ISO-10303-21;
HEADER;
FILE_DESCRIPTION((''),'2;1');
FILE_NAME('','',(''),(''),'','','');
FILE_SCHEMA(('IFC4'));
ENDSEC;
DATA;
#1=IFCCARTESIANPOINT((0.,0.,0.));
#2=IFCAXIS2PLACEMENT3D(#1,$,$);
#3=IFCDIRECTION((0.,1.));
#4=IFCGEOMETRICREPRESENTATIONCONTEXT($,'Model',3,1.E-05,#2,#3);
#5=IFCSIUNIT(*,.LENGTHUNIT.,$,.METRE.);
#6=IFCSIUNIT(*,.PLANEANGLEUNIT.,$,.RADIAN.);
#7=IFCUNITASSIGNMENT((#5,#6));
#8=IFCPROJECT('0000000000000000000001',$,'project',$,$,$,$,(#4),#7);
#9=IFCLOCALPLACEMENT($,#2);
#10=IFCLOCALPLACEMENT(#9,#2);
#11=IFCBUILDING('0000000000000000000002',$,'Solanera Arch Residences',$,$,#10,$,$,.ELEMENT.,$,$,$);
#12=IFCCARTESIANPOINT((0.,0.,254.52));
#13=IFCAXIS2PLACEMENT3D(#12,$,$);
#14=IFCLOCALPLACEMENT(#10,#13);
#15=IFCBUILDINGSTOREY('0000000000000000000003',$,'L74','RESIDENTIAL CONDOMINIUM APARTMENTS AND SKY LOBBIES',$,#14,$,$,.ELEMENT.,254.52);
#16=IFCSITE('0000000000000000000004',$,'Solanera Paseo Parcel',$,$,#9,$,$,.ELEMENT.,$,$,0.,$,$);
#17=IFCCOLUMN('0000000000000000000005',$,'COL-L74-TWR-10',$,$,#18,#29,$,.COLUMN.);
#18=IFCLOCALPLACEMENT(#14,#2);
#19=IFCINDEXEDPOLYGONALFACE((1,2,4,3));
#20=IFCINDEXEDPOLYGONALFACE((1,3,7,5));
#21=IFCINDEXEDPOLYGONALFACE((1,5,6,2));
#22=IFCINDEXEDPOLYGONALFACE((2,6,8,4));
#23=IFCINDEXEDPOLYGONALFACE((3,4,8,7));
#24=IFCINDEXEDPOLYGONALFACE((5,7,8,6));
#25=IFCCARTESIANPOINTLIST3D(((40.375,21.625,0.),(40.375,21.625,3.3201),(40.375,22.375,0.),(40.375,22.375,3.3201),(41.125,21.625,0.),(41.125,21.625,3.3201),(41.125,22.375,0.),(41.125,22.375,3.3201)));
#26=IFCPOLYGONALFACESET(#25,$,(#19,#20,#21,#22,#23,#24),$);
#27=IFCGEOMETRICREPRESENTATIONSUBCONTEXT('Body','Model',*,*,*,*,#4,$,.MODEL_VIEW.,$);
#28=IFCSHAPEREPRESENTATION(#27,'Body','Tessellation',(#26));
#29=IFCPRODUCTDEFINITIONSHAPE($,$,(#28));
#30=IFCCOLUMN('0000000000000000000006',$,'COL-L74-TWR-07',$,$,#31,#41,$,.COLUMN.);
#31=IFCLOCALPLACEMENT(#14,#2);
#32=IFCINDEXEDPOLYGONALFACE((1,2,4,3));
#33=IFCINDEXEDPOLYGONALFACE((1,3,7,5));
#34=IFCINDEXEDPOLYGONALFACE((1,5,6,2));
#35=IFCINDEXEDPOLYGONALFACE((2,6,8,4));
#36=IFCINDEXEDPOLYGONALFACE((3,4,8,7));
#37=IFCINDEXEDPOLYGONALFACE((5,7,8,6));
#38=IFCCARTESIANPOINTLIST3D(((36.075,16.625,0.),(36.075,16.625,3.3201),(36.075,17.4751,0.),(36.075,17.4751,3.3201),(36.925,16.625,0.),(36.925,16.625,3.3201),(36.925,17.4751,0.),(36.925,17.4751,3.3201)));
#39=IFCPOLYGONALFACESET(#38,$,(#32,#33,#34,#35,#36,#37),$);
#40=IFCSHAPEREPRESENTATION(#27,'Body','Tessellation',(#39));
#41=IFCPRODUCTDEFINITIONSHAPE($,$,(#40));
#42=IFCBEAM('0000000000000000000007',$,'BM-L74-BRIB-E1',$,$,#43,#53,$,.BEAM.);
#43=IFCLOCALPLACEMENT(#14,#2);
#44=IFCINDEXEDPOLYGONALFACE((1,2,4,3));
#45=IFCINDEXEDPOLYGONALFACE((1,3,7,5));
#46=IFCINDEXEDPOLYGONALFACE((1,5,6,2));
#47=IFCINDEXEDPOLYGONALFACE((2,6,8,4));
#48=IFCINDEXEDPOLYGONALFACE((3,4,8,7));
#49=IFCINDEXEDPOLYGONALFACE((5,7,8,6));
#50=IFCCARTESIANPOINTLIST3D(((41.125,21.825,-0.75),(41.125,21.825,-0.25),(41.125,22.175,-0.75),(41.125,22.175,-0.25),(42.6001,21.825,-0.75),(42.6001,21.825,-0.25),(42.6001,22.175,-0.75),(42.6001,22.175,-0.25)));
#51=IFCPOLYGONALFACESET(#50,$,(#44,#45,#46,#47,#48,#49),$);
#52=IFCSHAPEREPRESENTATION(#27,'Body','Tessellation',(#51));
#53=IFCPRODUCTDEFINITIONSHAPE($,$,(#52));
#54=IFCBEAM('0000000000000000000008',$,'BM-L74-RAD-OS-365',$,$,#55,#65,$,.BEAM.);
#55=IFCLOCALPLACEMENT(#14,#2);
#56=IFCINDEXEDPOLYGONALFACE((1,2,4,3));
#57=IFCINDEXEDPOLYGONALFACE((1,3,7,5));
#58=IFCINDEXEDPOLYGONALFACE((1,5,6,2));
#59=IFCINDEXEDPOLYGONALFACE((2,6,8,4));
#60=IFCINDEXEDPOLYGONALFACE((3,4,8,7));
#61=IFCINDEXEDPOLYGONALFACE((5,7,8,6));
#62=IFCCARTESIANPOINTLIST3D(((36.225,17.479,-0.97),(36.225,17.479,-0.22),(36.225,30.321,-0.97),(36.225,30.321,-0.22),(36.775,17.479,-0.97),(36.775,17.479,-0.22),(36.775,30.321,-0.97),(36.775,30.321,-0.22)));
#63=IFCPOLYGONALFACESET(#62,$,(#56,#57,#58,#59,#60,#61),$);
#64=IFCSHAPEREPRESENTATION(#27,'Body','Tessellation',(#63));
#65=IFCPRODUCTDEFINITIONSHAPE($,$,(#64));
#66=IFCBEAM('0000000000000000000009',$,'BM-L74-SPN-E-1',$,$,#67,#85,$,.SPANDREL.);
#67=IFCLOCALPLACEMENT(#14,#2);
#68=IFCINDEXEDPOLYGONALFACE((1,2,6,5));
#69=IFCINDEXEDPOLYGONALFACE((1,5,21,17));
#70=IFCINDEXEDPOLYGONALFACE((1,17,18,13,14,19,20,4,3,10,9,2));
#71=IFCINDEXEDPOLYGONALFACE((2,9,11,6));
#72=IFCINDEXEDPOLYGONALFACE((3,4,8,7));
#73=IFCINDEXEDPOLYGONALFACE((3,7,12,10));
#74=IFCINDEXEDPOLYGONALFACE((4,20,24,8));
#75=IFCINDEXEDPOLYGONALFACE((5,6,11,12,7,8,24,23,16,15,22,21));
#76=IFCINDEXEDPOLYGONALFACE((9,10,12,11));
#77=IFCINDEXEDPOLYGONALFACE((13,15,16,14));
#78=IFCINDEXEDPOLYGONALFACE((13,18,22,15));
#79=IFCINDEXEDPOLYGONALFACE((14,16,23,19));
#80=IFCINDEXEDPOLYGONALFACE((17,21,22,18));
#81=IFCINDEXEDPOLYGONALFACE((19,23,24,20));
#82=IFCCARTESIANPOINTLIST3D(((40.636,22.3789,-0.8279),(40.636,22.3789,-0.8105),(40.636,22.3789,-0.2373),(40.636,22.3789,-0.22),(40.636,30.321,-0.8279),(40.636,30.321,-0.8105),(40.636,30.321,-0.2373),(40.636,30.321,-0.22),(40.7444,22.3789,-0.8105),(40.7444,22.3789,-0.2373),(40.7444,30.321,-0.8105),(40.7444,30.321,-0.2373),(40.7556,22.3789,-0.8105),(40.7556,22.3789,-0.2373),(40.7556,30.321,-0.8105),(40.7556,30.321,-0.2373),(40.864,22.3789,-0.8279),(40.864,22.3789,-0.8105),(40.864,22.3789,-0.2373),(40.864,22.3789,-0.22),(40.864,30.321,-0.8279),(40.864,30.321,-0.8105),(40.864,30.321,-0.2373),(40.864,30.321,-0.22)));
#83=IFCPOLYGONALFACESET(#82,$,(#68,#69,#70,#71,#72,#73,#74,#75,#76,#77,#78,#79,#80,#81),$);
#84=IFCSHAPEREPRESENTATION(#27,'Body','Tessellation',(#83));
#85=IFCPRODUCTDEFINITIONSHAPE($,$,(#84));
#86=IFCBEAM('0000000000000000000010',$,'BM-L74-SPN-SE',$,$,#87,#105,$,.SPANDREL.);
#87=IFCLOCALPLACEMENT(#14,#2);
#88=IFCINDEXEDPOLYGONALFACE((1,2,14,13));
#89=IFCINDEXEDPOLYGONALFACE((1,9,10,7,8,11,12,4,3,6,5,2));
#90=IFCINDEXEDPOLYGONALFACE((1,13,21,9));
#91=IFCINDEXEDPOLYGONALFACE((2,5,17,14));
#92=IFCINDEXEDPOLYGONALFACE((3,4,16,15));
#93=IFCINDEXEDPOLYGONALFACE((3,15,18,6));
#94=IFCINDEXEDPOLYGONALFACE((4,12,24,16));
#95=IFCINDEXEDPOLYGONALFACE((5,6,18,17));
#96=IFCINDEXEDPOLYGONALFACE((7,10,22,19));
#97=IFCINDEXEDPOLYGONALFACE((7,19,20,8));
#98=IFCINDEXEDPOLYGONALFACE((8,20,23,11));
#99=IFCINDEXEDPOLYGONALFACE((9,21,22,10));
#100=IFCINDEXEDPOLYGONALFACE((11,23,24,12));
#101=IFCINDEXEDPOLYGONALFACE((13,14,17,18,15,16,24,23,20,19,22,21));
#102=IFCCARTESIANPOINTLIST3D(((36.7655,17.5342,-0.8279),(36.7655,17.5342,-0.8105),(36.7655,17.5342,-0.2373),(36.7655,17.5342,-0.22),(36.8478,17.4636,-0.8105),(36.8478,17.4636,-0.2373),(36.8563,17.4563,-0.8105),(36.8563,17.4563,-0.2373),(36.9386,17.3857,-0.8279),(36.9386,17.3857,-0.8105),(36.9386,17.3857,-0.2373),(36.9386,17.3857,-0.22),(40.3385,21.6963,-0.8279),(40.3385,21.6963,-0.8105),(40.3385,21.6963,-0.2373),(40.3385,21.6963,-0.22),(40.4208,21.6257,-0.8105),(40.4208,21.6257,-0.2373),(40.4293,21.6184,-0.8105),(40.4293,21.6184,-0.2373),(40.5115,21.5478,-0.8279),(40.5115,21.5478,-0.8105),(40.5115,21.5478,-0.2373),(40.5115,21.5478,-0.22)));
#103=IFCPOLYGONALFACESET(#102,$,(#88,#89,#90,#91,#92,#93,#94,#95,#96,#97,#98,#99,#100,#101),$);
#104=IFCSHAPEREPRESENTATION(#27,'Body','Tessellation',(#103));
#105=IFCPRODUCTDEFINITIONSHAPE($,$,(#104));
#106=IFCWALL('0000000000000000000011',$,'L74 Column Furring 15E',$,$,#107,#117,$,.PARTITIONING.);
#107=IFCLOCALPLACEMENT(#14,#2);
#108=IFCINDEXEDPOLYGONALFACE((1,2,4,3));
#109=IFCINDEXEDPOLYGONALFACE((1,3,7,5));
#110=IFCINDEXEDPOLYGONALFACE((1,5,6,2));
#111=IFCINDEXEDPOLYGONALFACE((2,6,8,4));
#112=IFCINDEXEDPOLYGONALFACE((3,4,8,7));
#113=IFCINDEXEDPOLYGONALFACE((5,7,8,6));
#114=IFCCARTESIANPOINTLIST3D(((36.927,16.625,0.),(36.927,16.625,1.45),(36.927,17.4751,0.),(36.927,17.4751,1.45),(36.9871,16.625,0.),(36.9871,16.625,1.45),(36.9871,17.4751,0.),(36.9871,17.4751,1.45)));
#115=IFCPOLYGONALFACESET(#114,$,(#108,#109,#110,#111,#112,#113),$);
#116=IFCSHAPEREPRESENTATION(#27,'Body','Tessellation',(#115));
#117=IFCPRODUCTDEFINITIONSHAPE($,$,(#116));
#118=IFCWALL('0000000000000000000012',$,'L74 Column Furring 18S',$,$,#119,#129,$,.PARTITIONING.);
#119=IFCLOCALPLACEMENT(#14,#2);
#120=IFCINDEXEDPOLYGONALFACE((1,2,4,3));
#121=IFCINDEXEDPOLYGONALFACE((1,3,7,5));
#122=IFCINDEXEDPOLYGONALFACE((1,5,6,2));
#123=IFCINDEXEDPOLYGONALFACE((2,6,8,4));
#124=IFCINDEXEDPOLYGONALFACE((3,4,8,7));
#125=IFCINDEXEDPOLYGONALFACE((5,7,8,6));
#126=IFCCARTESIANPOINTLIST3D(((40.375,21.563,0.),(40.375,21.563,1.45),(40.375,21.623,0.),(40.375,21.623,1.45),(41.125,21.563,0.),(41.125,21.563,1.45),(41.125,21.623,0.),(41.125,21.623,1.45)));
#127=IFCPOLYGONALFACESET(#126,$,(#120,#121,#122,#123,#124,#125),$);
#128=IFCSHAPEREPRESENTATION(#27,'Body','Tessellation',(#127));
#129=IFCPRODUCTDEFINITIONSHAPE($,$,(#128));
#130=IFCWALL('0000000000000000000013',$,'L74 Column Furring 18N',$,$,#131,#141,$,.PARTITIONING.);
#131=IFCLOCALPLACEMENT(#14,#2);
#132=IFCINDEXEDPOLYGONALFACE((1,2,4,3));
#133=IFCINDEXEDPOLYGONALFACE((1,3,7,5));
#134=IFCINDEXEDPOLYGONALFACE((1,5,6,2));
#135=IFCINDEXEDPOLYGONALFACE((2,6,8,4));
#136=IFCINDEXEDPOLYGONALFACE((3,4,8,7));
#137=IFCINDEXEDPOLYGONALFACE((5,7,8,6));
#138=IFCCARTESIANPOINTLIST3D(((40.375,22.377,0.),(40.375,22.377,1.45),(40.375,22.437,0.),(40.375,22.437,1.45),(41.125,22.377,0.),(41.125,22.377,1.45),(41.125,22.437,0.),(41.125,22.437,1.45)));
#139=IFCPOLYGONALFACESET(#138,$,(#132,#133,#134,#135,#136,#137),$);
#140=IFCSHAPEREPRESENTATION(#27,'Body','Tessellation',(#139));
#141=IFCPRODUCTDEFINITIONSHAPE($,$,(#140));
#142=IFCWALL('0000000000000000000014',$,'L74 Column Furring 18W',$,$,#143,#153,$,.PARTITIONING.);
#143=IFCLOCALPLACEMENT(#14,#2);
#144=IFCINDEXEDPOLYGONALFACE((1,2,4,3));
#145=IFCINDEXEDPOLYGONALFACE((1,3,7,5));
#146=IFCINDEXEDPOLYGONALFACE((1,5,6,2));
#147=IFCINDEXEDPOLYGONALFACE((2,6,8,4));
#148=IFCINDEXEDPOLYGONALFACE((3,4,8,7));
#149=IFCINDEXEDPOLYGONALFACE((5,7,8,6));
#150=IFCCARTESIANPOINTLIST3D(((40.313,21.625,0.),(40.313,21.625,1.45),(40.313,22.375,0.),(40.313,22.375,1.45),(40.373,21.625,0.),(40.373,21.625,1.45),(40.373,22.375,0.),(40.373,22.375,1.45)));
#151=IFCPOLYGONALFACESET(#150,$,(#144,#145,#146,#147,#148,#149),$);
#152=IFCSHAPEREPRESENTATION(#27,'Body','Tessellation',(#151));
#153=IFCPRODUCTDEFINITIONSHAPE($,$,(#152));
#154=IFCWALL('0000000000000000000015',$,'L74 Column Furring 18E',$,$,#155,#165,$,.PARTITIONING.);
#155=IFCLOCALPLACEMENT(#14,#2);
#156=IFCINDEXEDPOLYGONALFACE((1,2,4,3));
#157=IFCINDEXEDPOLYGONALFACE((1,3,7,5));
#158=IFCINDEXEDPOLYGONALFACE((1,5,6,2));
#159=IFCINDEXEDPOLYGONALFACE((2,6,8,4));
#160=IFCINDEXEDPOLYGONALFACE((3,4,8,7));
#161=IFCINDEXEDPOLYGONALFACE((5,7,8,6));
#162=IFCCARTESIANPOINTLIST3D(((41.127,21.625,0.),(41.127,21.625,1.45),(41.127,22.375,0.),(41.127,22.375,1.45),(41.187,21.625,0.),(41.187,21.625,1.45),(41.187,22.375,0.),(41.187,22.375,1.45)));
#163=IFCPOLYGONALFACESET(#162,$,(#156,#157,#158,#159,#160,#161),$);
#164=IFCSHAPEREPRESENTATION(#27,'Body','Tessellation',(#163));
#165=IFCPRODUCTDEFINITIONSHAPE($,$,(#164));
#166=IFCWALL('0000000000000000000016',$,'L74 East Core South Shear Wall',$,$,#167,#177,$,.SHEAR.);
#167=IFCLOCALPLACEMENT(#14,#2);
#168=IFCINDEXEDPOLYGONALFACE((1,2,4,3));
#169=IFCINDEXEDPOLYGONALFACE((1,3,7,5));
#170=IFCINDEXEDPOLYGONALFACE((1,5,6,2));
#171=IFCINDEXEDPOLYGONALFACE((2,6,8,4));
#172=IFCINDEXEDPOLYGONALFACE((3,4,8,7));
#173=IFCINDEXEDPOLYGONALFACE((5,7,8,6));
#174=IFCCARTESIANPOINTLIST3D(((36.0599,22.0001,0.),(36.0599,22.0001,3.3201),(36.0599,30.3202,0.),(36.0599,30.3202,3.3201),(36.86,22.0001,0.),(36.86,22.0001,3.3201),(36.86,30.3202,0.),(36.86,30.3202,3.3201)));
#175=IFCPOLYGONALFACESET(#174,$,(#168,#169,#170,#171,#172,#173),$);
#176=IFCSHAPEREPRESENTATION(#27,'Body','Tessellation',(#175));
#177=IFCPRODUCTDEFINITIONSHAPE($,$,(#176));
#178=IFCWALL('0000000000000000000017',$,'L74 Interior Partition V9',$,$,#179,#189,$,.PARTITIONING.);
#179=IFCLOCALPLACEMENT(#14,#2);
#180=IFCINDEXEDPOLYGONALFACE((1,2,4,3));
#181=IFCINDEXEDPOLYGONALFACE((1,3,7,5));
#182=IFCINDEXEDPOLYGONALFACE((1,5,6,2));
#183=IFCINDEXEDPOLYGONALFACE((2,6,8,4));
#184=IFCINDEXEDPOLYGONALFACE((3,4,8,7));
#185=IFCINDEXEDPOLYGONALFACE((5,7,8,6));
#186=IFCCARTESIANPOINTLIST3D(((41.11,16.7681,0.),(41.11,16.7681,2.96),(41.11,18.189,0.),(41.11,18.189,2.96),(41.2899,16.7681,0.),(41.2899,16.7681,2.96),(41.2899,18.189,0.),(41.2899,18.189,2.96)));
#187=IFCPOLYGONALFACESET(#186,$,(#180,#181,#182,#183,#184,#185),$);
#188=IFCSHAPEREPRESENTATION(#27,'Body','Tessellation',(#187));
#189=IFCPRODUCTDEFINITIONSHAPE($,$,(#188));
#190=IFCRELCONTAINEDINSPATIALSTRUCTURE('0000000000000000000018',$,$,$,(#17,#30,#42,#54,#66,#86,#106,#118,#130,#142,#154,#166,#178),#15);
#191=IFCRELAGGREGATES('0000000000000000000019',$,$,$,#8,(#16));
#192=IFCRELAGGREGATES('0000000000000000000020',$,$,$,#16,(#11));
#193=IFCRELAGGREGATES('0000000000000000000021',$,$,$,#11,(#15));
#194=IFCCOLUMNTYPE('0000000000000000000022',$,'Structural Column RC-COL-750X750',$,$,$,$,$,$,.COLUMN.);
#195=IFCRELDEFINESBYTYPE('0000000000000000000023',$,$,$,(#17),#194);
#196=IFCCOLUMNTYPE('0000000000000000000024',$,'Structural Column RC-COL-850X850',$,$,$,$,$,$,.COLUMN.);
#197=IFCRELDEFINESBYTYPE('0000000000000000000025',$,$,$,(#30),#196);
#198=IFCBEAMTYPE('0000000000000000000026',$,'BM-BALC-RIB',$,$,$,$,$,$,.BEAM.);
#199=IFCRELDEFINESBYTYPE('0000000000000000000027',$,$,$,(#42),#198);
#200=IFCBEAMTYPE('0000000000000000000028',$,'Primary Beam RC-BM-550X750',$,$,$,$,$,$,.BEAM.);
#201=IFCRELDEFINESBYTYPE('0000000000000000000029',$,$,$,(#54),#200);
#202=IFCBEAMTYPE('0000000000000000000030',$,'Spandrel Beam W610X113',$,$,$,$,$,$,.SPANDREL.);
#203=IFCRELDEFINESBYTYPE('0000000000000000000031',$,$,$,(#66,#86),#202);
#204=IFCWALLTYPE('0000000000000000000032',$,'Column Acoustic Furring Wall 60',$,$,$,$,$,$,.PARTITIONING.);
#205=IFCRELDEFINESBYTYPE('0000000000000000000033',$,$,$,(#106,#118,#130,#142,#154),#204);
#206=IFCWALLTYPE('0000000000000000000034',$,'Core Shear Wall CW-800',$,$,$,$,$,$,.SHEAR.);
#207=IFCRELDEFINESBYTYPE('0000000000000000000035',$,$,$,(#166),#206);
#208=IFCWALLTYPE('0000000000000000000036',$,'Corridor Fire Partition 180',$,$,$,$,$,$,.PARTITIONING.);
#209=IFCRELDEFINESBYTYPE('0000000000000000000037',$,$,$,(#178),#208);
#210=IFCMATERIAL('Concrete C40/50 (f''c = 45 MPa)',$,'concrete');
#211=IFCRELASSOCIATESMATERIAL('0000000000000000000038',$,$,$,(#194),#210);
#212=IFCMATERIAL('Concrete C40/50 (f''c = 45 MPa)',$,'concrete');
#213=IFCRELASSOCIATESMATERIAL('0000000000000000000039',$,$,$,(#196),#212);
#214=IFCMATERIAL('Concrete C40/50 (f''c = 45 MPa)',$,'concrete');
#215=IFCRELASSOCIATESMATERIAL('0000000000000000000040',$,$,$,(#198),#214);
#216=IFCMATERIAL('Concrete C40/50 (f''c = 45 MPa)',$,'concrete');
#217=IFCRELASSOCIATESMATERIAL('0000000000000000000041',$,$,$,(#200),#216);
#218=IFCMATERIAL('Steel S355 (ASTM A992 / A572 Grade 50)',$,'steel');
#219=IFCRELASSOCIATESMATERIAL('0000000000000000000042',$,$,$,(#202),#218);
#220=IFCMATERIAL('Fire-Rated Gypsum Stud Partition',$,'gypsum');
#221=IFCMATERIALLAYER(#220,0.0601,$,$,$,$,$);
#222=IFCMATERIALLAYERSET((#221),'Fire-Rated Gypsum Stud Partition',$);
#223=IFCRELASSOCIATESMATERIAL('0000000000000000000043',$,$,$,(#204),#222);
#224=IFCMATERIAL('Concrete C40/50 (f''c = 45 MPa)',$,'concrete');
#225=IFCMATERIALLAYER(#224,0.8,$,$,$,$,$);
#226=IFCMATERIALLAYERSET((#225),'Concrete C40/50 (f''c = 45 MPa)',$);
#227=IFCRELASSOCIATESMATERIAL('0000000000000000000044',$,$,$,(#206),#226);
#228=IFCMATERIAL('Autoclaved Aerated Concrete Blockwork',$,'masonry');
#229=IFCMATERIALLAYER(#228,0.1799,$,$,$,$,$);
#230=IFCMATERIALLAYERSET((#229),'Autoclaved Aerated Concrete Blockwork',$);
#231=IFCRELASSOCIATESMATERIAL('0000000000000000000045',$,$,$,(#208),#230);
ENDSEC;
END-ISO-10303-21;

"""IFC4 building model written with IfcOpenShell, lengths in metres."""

from ifc_helpers import new_model, si_unit, direction, frame, frame_2d, origin, origin_2d, place, context, subcontext, project, spatial, rectangle, i_section, extrude, material, layer, layer_set, material_profile, profile_set, type_object, element, save


model = new_model("IFC4")

# Units and contexts
model_context = context("Model", 3, precision=1e-05, world=origin(), true_north=direction((0.0, 1.0)))
body_context = subcontext(model_context, "Body", "Model", "MODEL_VIEW")
ifc_project = project(units=[si_unit("LENGTHUNIT", "METRE"), si_unit("PLANEANGLEUNIT", "RADIAN")], contexts=[model_context])

# Site, building, storey
site_placement = place(None, origin())
site = spatial("IfcSite", under=ifc_project, at=site_placement, Name="Solanera Paseo Parcel", CompositionType="ELEMENT", RefElevation=0.0)
building_placement = place(site_placement, origin())
building = spatial("IfcBuilding", under=site, at=building_placement, Name="Solanera Arch Residences", CompositionType="ELEMENT")
storey_placement = place(building_placement, frame((0.0, 0.0, 254.52)))
storey = spatial("IfcBuildingStorey", under=building, at=storey_placement, Name="L74", Description="RESIDENTIAL CONDOMINIUM APARTMENTS AND SKY LOBBIES", CompositionType="ELEMENT", Elevation=254.52)

# Columns
ifc_material_1 = material(Name="Concrete C40/50 (f'c = 45 MPa)", Category="concrete")
ifc_material_profile_1 = material_profile(ifc_material_1, rectangle(XDim=0.75, YDim=0.75, at=origin_2d()))
ifc_profile_set_1 = profile_set([ifc_material_profile_1], Name="Concrete C40/50 (f'c = 45 MPa)")
column_type_1 = type_object("IfcColumnType", Name="Structural Column RC-COL-750X750", PredefinedType="COLUMN", material=ifc_profile_set_1)
column_1_placement = place(storey_placement, frame((40.75, 22.0, 0.0), z_axis=(0.0, 0.0, 1.0), x_axis=(1.0, 0.0, 0.0)))
element("IfcColumn", 1, at=column_1_placement, inside=storey, type_object=column_type_1, Name="COL-L74-TWR-10", PredefinedType="COLUMN", context=body_context, shape_type="SweptSolid", body=[
    extrude(rectangle(XDim=0.75, YDim=0.75, at=origin_2d()), origin(), (0.0, 0.0, 1.0), 3.3201),
])
ifc_material_2 = material(Name="Concrete C40/50 (f'c = 45 MPa)", Category="concrete")
ifc_material_profile_2 = material_profile(ifc_material_2, rectangle(XDim=0.8501, YDim=0.8501, at=origin_2d()))
ifc_profile_set_2 = profile_set([ifc_material_profile_2], Name="Concrete C40/50 (f'c = 45 MPa)")
column_type_2 = type_object("IfcColumnType", Name="Structural Column RC-COL-850X850", PredefinedType="COLUMN", material=ifc_profile_set_2)
column_2_placement = place(storey_placement, frame((36.5, 17.05, 0.0), z_axis=(0.0, 0.0, 1.0), x_axis=(1.0, 0.0, 0.0)))
element("IfcColumn", 2, at=column_2_placement, inside=storey, type_object=column_type_2, Name="COL-L74-TWR-07", PredefinedType="COLUMN", context=body_context, shape_type="SweptSolid", body=[
    extrude(rectangle(XDim=0.8501, YDim=0.8501, at=origin_2d()), origin(), (0.0, 0.0, 1.0), 3.3201),
])

# Beams
ifc_material_3 = material(Name="Concrete C40/50 (f'c = 45 MPa)", Category="concrete")
ifc_material_profile_3 = material_profile(ifc_material_3, rectangle(XDim=0.3501, YDim=0.5, at=origin_2d()))
ifc_profile_set_3 = profile_set([ifc_material_profile_3], Name="Concrete C40/50 (f'c = 45 MPa)")
beam_type_1 = type_object("IfcBeamType", Name="BM-BALC-RIB", PredefinedType="BEAM", material=ifc_profile_set_3)
beam_1_placement = place(storey_placement, frame((41.125, 22.0, -0.5), z_axis=(1.0, 0.0, 0.0), x_axis=(0.0, 1.0, 0.0)))
element("IfcBeam", 3, at=beam_1_placement, inside=storey, type_object=beam_type_1, Name="BM-L74-BRIB-E1", PredefinedType="BEAM", context=body_context, shape_type="SweptSolid", body=[
    extrude(rectangle(XDim=0.3501, YDim=0.5, at=origin_2d()), origin(), (0.0, 0.0, 1.0), 1.4751),
])
ifc_material_4 = material(Name="Concrete C40/50 (f'c = 45 MPa)", Category="concrete")
ifc_material_profile_4 = material_profile(ifc_material_4, rectangle(XDim=0.55, YDim=0.75, at=origin_2d()))
ifc_profile_set_4 = profile_set([ifc_material_profile_4], Name="Concrete C40/50 (f'c = 45 MPa)")
beam_type_2 = type_object("IfcBeamType", Name="Primary Beam RC-BM-550X750", PredefinedType="BEAM", material=ifc_profile_set_4)
beam_2_placement = place(storey_placement, frame((36.5, 17.479, -0.595), z_axis=(0.0, 1.0, 0.0), x_axis=(-1.0, 0.0, 0.0)))
element("IfcBeam", 4, at=beam_2_placement, inside=storey, type_object=beam_type_2, Name="BM-L74-RAD-OS-365", PredefinedType="BEAM", context=body_context, shape_type="SweptSolid", body=[
    extrude(rectangle(XDim=0.55, YDim=0.75, at=origin_2d()), origin(), (0.0, 0.0, 1.0), 12.842),
])
ifc_material_5 = material(Name="Steel S355 (ASTM A992 / A572 Grade 50)", Category="steel")
ifc_material_profile_5 = material_profile(ifc_material_5, i_section(OverallWidth=0.228, OverallDepth=0.6079, WebThickness=0.0112, FlangeThickness=0.0173, at=origin_2d()))
ifc_profile_set_5 = profile_set([ifc_material_profile_5], Name="Steel S355 (ASTM A992 / A572 Grade 50)")
beam_type_3 = type_object("IfcBeamType", Name="Spandrel Beam W610X113", PredefinedType="SPANDREL", material=ifc_profile_set_5)
beam_3_placement = place(storey_placement, frame((40.75, 22.3789, -0.5239), z_axis=(0.0, 1.0, 0.0), x_axis=(-1.0, 0.0, 0.0)))
element("IfcBeam", 5, at=beam_3_placement, inside=storey, type_object=beam_type_3, Name="BM-L74-SPN-E-1", PredefinedType="SPANDREL", context=body_context, shape_type="SweptSolid", body=[
    extrude(i_section(OverallWidth=0.228, OverallDepth=0.6079, WebThickness=0.0112, FlangeThickness=0.0173, at=origin_2d()), origin(), (0.0, 0.0, 1.0), 7.9421),
])
beam_4_placement = place(storey_placement, frame((36.8521, 17.46, -0.5239), z_axis=(0.651367, 0.758763, 0.0), x_axis=(-0.758763, 0.651367, 0.0)))
element("IfcBeam", 6, at=beam_4_placement, inside=storey, type_object=beam_type_3, Name="BM-L74-SPN-SE", PredefinedType="SPANDREL", context=body_context, shape_type="SweptSolid", body=[
    extrude(i_section(OverallWidth=0.228, OverallDepth=0.6079, WebThickness=0.0112, FlangeThickness=0.0173, at=origin_2d()), origin(), (0.0, 0.0, 1.0), 5.4854),
])

# Walls
ifc_material_6 = material(Name="Fire-Rated Gypsum Stud Partition", Category="gypsum")
ifc_layer_1 = layer(ifc_material_6, 0.0601)
ifc_layer_set_1 = layer_set([ifc_layer_1], Name="Fire-Rated Gypsum Stud Partition")
wall_type_1 = type_object("IfcWallType", Name="Column Acoustic Furring Wall 60", PredefinedType="PARTITIONING", material=ifc_layer_set_1)
wall_1_placement = place(storey_placement, frame((36.957, 16.625, 0.0), z_axis=(0.0, 0.0, 1.0), x_axis=(0.0, 1.0, 0.0)))
element("IfcWall", 7, at=wall_1_placement, inside=storey, type_object=wall_type_1, Name="L74 Column Furring 15E", PredefinedType="PARTITIONING", context=body_context, shape_type="SweptSolid", body=[
    extrude(rectangle(XDim=0.8501, YDim=0.0601, at=frame_2d((0.425, 0.0))), origin(), (0.0, 0.0, 1.0), 1.45),
])
for number, where, z_axis, x_axis, name in (
    (8, (40.375, 21.593, 0.0), (0.0, 0.0, 1.0), (1.0, 0.0, 0.0), "L74 Column Furring 18S"),
    (9, (40.375, 22.407, 0.0), (0.0, 0.0, 1.0), (1.0, 0.0, 0.0), "L74 Column Furring 18N"),
    (10, (40.343, 21.625, 0.0), (0.0, 0.0, 1.0), (0.0, 1.0, 0.0), "L74 Column Furring 18W"),
    (11, (41.157, 21.625, 0.0), (0.0, 0.0, 1.0), (0.0, 1.0, 0.0), "L74 Column Furring 18E"),
):
    element("IfcWall", number, at=place(storey_placement, frame(where, z_axis=z_axis, x_axis=x_axis)), inside=storey, type_object=wall_type_1, Name=name, PredefinedType="PARTITIONING", context=body_context, shape_type="SweptSolid", body=[
        extrude(rectangle(XDim=0.75, YDim=0.0601, at=frame_2d((0.375, 0.0))), origin(), (0.0, 0.0, 1.0), 1.45),
    ])
ifc_material_7 = material(Name="Concrete C40/50 (f'c = 45 MPa)", Category="concrete")
ifc_layer_2 = layer(ifc_material_7, 0.8)
ifc_layer_set_2 = layer_set([ifc_layer_2], Name="Concrete C40/50 (f'c = 45 MPa)")
wall_type_2 = type_object("IfcWallType", Name="Core Shear Wall CW-800", PredefinedType="SHEAR", material=ifc_layer_set_2)
wall_2_placement = place(storey_placement, frame((36.46, 22.0, 0.0), z_axis=(0.0, 0.0, 1.0), x_axis=(0.0, 1.0, 0.0)))
element("IfcWall", 12, at=wall_2_placement, inside=storey, type_object=wall_type_2, Name="L74 East Core South Shear Wall", PredefinedType="SHEAR", context=body_context, shape_type="SweptSolid", body=[
    extrude(rectangle(XDim=8.3201, YDim=0.8, at=frame_2d((4.1602, 0.0))), origin(), (0.0, 0.0, 1.0), 3.3201),
])
ifc_material_8 = material(Name="Autoclaved Aerated Concrete Blockwork", Category="masonry")
ifc_layer_3 = layer(ifc_material_8, 0.1799)
ifc_layer_set_3 = layer_set([ifc_layer_3], Name="Autoclaved Aerated Concrete Blockwork")
wall_type_3 = type_object("IfcWallType", Name="Corridor Fire Partition 180", PredefinedType="PARTITIONING", material=ifc_layer_set_3)
wall_3_placement = place(storey_placement, frame((41.2, 16.7681, 0.0), z_axis=(0.0, 0.0, 1.0), x_axis=(0.0, 1.0, 0.0)))
element("IfcWall", 13, at=wall_3_placement, inside=storey, type_object=wall_type_3, Name="L74 Interior Partition V9", PredefinedType="PARTITIONING", context=body_context, shape_type="SweptSolid", body=[
    extrude(rectangle(XDim=1.4209, YDim=0.1799, at=frame_2d((0.7104, 0.0))), origin(), (0.0, 0.0, 1.0), 2.96),
])

save(model, "model.ifc")
